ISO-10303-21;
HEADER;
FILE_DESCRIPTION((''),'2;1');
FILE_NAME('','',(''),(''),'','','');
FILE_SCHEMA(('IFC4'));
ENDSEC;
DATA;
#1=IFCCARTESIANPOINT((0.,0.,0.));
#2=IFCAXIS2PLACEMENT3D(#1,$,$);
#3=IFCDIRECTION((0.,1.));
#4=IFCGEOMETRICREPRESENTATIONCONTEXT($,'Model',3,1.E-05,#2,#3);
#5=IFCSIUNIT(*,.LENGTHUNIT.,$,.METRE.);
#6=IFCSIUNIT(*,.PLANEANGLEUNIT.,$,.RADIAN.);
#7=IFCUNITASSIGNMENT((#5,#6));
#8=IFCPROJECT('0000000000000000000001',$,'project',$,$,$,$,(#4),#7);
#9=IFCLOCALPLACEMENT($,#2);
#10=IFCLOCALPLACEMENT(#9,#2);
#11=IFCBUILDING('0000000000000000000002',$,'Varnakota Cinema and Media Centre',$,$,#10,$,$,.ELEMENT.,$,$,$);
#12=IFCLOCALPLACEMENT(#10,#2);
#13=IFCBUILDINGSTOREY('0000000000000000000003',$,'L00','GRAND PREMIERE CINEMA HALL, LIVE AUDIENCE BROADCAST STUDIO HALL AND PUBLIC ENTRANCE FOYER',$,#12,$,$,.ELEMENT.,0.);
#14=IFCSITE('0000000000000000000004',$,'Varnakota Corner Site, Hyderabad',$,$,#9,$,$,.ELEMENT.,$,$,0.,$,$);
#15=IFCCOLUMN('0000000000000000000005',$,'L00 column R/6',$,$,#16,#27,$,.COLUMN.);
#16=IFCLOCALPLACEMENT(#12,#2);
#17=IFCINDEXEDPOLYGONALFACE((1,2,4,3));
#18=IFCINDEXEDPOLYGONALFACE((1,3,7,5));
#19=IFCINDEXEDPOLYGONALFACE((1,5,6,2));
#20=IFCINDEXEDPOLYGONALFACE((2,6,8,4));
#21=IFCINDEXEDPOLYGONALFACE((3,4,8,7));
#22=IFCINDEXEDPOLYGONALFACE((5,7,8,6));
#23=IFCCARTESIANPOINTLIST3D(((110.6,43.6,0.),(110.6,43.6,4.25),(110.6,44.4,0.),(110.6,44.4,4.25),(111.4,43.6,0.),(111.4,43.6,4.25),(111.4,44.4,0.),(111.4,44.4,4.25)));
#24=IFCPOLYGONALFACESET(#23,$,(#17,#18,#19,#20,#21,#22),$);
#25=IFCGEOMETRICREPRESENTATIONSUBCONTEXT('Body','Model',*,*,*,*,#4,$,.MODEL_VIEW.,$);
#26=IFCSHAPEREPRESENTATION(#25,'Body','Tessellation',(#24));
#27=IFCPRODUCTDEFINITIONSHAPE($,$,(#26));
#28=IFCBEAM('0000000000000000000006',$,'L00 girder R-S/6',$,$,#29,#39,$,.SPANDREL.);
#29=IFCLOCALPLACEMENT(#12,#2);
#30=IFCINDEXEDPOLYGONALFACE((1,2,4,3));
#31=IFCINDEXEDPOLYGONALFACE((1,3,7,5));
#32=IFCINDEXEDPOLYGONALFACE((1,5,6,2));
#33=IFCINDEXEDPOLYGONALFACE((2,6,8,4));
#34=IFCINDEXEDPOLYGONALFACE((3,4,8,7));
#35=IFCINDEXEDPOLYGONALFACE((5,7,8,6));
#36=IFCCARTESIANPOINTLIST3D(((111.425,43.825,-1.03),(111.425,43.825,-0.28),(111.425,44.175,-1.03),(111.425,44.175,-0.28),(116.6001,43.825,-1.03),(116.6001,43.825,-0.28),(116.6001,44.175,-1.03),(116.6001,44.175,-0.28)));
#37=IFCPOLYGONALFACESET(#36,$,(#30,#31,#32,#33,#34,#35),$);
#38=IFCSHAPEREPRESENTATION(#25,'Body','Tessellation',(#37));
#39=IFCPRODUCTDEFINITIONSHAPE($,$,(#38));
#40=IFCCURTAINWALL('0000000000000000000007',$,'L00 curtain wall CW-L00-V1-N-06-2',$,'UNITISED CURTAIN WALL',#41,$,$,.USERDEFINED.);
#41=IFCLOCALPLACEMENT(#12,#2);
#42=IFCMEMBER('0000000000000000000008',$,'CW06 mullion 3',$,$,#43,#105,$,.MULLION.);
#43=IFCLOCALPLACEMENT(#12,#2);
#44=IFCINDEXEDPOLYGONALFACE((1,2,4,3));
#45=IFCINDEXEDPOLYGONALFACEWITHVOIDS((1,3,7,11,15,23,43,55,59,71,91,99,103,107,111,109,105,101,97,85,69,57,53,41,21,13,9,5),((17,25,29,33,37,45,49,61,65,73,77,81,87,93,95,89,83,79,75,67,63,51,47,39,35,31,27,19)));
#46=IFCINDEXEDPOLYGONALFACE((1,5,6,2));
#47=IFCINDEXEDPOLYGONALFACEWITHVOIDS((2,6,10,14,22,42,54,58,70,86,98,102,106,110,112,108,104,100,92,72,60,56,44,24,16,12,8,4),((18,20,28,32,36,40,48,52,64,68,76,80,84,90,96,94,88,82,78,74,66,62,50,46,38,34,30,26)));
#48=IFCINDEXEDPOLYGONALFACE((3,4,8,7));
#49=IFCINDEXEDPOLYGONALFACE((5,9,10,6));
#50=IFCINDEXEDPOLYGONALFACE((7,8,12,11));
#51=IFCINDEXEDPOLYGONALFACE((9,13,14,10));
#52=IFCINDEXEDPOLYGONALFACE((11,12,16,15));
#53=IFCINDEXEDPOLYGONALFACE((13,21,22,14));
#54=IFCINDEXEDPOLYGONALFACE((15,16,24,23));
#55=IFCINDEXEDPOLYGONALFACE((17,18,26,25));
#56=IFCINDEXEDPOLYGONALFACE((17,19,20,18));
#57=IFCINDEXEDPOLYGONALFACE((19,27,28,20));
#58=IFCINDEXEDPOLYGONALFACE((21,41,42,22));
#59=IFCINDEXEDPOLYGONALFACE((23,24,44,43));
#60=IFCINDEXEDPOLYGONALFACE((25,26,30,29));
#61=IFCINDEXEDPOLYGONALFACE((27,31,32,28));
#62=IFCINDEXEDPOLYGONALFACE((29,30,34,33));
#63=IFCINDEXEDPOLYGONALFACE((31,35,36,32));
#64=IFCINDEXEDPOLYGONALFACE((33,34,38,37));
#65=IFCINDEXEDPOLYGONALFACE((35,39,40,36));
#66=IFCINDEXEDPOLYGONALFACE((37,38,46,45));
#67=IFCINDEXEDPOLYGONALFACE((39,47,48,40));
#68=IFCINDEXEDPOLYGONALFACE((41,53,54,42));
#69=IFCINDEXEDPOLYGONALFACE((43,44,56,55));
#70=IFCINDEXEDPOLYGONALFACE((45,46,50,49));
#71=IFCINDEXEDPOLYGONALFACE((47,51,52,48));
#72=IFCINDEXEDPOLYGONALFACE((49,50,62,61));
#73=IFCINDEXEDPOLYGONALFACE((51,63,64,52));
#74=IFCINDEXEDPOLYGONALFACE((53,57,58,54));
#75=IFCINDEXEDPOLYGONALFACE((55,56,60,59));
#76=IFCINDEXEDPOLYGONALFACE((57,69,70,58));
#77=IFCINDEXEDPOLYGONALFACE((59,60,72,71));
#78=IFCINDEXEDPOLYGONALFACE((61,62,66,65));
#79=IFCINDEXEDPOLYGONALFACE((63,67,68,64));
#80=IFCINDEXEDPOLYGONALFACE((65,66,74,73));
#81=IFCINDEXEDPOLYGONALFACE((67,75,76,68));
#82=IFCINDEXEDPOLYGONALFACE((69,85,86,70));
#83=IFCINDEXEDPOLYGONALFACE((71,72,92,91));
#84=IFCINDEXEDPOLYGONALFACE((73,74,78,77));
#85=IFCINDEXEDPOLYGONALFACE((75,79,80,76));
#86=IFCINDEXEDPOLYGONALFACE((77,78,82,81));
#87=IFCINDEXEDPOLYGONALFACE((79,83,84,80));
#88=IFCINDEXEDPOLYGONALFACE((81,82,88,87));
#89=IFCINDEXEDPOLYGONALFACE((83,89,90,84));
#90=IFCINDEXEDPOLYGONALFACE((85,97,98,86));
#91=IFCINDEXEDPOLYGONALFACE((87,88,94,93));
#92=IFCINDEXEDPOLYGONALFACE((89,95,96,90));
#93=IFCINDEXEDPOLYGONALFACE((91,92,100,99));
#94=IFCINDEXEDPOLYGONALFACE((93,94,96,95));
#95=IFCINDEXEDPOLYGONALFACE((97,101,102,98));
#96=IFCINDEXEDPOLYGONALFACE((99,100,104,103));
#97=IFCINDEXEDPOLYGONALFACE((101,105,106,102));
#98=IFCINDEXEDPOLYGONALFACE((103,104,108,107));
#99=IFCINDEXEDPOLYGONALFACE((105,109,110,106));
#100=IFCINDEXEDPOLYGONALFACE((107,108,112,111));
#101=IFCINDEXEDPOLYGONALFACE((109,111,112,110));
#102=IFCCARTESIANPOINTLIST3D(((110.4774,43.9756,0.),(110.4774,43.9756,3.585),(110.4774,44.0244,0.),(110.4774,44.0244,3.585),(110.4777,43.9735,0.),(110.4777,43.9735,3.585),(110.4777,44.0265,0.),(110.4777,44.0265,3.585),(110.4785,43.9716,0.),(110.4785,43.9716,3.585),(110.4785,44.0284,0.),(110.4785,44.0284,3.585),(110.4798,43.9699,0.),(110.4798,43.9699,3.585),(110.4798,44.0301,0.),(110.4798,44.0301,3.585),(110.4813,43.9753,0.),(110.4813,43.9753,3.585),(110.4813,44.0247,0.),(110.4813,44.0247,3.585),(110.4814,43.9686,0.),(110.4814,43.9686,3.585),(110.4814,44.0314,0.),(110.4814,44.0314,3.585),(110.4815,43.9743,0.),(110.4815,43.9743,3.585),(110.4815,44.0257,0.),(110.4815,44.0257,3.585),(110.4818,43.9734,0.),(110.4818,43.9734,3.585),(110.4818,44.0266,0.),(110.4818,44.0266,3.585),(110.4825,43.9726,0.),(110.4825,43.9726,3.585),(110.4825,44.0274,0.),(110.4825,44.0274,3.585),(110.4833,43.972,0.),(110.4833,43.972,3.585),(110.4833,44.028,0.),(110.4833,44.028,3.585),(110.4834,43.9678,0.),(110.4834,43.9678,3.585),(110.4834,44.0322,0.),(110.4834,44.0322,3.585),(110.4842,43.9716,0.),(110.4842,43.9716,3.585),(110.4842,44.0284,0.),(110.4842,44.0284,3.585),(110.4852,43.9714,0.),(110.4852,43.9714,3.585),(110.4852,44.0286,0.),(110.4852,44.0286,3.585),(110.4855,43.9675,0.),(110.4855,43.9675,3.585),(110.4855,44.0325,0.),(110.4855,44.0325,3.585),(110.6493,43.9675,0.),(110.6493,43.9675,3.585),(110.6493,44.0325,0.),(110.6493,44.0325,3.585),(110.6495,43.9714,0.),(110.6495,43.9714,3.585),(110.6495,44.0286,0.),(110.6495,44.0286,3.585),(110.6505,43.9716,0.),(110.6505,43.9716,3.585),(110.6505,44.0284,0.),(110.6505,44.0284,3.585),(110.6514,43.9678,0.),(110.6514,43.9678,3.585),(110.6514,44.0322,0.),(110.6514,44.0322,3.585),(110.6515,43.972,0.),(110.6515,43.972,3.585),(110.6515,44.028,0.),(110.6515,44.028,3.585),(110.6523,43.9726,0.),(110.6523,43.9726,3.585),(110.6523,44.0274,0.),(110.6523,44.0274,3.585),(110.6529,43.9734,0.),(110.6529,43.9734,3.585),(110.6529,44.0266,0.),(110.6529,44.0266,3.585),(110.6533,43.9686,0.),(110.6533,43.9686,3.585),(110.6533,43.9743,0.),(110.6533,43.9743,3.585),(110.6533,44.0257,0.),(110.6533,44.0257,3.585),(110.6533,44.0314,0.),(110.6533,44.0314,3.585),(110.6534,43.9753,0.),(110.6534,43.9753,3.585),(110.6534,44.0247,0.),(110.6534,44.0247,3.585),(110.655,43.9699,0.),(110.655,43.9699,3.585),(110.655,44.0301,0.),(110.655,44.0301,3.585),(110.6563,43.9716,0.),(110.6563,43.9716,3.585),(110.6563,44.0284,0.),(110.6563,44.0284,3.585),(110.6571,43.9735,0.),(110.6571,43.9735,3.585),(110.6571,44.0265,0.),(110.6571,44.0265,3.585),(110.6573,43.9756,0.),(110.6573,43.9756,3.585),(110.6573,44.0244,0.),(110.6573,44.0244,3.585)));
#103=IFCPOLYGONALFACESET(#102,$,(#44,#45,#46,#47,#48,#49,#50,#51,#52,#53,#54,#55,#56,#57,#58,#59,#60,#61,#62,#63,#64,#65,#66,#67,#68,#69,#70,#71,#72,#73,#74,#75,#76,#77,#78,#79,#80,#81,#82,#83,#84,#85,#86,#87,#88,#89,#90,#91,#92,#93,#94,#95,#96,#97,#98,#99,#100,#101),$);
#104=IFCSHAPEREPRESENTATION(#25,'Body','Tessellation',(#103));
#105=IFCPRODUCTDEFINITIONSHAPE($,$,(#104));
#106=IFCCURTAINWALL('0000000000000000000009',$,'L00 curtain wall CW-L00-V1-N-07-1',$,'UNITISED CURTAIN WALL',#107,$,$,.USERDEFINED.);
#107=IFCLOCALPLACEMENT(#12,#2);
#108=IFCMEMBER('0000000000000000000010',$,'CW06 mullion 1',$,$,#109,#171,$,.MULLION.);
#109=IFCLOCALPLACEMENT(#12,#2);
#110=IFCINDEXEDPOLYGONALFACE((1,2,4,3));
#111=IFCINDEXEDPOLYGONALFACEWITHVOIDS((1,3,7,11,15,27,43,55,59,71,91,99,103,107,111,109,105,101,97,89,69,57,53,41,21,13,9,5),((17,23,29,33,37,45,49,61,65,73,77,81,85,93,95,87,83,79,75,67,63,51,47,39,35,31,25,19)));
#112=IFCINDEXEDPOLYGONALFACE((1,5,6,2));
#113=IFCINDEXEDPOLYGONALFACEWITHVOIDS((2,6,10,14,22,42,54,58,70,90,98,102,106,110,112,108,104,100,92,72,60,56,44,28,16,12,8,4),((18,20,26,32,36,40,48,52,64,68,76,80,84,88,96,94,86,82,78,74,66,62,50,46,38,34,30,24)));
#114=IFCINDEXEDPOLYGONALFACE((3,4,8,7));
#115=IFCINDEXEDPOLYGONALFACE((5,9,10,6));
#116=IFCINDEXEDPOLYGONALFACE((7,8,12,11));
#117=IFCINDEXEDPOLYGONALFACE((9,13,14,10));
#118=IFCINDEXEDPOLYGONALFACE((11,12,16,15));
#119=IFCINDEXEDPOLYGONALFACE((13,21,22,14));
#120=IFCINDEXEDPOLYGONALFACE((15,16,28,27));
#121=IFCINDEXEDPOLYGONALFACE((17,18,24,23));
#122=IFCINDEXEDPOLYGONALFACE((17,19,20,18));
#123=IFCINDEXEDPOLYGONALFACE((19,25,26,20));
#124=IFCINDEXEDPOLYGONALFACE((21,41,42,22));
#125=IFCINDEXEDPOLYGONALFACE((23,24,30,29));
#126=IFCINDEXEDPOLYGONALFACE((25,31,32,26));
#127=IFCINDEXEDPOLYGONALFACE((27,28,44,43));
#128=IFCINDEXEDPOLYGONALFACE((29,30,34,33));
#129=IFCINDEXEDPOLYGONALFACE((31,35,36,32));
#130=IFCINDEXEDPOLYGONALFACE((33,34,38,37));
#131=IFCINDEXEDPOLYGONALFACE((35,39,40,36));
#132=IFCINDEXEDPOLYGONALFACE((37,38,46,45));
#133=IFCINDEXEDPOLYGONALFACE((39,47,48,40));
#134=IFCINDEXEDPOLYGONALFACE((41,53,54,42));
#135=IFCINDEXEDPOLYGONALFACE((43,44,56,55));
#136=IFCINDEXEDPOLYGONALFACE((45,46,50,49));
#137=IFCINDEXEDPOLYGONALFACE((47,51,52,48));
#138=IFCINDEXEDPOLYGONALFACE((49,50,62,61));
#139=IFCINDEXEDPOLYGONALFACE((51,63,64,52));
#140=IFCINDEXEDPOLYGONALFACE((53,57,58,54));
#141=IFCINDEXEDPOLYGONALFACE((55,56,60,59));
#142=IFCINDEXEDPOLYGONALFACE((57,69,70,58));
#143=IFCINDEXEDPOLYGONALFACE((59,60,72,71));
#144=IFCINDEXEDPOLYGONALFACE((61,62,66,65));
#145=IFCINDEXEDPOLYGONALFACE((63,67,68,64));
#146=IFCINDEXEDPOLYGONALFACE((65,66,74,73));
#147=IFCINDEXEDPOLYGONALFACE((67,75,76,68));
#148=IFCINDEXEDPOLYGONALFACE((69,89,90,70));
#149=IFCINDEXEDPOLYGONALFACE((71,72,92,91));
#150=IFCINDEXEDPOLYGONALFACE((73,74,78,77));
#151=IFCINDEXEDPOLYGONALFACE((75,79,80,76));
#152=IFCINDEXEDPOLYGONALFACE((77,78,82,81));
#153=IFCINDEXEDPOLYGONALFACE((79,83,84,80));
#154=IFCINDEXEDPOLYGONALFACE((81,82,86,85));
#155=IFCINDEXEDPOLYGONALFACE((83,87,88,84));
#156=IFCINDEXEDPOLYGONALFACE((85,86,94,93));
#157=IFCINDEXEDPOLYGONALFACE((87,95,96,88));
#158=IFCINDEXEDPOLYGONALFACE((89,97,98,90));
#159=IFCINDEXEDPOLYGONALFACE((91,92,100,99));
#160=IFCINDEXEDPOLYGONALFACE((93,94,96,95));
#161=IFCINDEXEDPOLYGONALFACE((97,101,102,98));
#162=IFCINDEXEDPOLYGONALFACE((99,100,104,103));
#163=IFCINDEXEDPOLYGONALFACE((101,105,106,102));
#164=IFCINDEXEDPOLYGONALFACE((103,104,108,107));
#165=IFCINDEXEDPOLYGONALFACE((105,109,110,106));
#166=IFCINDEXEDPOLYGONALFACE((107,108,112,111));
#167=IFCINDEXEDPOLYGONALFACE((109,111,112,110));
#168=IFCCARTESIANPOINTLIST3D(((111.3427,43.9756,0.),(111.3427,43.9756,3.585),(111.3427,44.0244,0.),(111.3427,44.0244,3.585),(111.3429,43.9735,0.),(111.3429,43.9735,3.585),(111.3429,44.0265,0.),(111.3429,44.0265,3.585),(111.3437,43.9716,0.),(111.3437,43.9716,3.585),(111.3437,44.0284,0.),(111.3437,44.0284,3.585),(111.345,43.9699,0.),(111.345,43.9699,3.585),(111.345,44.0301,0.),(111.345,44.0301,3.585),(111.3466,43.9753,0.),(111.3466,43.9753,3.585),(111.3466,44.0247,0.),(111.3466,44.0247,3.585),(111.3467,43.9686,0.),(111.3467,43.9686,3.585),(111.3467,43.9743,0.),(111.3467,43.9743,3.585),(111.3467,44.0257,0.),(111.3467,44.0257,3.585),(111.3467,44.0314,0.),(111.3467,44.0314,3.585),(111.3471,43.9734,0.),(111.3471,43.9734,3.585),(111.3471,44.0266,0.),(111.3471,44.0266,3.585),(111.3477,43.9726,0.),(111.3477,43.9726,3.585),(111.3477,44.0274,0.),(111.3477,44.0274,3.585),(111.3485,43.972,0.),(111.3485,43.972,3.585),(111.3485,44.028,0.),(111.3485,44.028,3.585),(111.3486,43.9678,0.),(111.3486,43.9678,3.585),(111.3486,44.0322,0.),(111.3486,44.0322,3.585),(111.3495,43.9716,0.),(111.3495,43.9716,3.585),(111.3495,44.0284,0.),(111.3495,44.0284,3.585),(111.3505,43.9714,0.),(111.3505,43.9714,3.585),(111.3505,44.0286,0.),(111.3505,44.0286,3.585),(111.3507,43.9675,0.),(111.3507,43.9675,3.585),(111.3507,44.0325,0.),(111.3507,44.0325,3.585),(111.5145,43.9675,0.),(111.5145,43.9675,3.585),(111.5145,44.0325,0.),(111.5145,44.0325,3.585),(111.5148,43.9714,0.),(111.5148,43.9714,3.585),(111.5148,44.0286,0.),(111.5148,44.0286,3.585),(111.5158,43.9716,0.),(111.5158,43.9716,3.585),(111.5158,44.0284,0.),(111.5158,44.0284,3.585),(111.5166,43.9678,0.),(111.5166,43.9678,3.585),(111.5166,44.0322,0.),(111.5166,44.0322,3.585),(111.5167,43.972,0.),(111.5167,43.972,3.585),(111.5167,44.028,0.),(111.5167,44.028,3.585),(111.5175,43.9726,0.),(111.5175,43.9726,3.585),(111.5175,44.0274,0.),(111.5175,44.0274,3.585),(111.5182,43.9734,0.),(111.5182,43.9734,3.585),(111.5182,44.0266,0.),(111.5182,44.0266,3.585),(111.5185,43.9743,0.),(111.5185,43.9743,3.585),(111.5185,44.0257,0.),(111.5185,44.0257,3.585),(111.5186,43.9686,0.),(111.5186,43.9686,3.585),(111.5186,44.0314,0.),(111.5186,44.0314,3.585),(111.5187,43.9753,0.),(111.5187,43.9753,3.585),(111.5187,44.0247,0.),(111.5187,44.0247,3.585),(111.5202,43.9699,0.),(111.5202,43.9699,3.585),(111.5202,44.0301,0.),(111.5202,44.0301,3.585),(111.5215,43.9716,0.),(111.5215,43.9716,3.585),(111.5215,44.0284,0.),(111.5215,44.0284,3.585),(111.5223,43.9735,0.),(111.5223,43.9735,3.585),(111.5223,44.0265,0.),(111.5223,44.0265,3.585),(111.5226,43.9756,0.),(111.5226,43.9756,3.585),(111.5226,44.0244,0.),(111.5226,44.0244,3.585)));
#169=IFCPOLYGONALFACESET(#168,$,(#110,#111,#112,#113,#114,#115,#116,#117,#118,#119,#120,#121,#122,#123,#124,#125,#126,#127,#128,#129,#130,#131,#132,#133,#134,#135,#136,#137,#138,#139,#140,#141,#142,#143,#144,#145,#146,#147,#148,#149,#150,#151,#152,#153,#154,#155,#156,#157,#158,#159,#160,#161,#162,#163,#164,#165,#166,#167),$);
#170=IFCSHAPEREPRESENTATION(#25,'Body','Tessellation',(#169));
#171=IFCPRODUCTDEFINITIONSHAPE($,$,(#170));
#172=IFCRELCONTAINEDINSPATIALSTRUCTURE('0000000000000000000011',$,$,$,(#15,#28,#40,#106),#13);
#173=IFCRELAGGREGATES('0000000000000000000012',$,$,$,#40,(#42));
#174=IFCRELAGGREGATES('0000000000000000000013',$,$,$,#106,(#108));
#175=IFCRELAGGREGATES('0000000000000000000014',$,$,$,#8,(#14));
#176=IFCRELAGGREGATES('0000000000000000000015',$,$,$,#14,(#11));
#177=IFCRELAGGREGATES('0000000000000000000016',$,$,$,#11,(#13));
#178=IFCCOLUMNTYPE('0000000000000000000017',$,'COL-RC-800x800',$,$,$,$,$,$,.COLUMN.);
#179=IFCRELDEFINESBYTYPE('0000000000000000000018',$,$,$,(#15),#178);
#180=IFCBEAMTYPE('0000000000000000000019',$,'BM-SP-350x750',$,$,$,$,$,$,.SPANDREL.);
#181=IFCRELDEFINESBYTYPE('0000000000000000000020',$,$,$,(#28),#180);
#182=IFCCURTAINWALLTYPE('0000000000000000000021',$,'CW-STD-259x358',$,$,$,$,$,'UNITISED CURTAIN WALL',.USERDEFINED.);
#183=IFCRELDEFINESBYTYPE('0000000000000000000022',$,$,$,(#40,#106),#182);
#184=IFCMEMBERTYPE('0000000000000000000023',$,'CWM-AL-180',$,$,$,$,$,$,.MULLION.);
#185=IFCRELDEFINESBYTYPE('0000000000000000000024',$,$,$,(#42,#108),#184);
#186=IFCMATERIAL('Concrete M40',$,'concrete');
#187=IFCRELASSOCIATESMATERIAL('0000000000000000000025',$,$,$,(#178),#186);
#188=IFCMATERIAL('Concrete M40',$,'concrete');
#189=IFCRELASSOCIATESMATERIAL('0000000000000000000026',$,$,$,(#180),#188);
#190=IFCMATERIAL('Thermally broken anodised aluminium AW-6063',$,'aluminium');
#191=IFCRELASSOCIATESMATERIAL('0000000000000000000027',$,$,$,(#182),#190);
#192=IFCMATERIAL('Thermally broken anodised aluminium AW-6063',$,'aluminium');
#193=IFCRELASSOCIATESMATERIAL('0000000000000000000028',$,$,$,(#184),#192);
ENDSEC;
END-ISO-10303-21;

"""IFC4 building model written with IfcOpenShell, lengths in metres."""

from ifc_helpers import new_model, si_unit, direction, frame, origin, origin_2d, place, context, subcontext, project, spatial, rectangle, hollow_rectangle, extrude, material, material_profile, profile_set, type_object, element, aggregate, save


model = new_model("IFC4")

# Units and contexts
model_context = context("Model", 3, precision=1e-05, world=origin(), true_north=direction((0.0, 1.0)))
body_context = subcontext(model_context, "Body", "Model", "MODEL_VIEW")
ifc_project = project(units=[si_unit("LENGTHUNIT", "METRE"), si_unit("PLANEANGLEUNIT", "RADIAN")], contexts=[model_context])

# Site, building, storey
site_placement = place(None, origin())
site = spatial("IfcSite", under=ifc_project, at=site_placement, Name="Varnakota Corner Site, Hyderabad", CompositionType="ELEMENT", RefElevation=0.0)
building_placement = place(site_placement, origin())
building = spatial("IfcBuilding", under=site, at=building_placement, Name="Varnakota Cinema and Media Centre", CompositionType="ELEMENT")
storey_placement = place(building_placement, origin())
storey = spatial("IfcBuildingStorey", under=building, at=storey_placement, Name="L00", Description="GRAND PREMIERE CINEMA HALL, LIVE AUDIENCE BROADCAST STUDIO HALL AND PUBLIC ENTRANCE FOYER", CompositionType="ELEMENT", Elevation=0.0)

# Column
ifc_material_1 = material(Name="Concrete M40", Category="concrete")
ifc_material_profile_1 = material_profile(ifc_material_1, rectangle(XDim=0.8, YDim=0.8, at=origin_2d()), Name="RC 800x800")
ifc_profile_set_1 = profile_set([ifc_material_profile_1], Name="Concrete M40")
column_type = type_object("IfcColumnType", Name="COL-RC-800x800", PredefinedType="COLUMN", material=ifc_profile_set_1)
column_placement = place(storey_placement, frame((111.0, 44.0, 0.0), z_axis=(0.0, 0.0, 1.0), x_axis=(1.0, 0.0, 0.0)))
element("IfcColumn", 1, at=column_placement, inside=storey, type_object=column_type, Name="L00 column R/6", PredefinedType="COLUMN", context=body_context, shape_type="SweptSolid", body=[
    extrude(rectangle(XDim=0.8, YDim=0.8, at=origin_2d()), origin(), (0.0, 0.0, 1.0), 4.25),
])

# Beam
ifc_material_2 = material(Name="Concrete M40", Category="concrete")
ifc_material_profile_2 = material_profile(ifc_material_2, rectangle(XDim=0.3501, YDim=0.75, at=origin_2d()), Name="RCB 350x750")
ifc_profile_set_2 = profile_set([ifc_material_profile_2], Name="Concrete M40")
beam_type = type_object("IfcBeamType", Name="BM-SP-350x750", PredefinedType="SPANDREL", material=ifc_profile_set_2)
beam_placement = place(storey_placement, frame((111.425, 44.0, -0.655), z_axis=(1.0, 0.0, 0.0), x_axis=(0.0, 1.0, 0.0)))
element("IfcBeam", 2, at=beam_placement, inside=storey, type_object=beam_type, Name="L00 girder R-S/6", PredefinedType="SPANDREL", context=body_context, shape_type="SweptSolid", body=[
    extrude(rectangle(XDim=0.3501, YDim=0.75, at=origin_2d()), origin(), (0.0, 0.0, 1.0), 5.175),
])

# Curtain wall, member
ifc_material_3 = material(Name="Thermally broken anodised aluminium AW-6063", Category="aluminium")
curtain_wall_type = type_object("IfcCurtainWallType", Name="CW-STD-259x358", ElementType="UNITISED CURTAIN WALL", PredefinedType="USERDEFINED", material=ifc_material_3)
curtain_wall_1_placement = place(storey_placement, origin())
curtain_wall_1 = element("IfcCurtainWall", 3, at=curtain_wall_1_placement, inside=storey, type_object=curtain_wall_type, Name="L00 curtain wall CW-L00-V1-N-06-2", ObjectType="UNITISED CURTAIN WALL", PredefinedType="USERDEFINED")
ifc_material_4 = material(Name="Thermally broken anodised aluminium AW-6063", Category="aluminium")
ifc_material_profile_3 = material_profile(ifc_material_4, hollow_rectangle(XDim=0.0649, YDim=0.1799, WallThickness=0.0039, InnerFilletRadius=0.0039, OuterFilletRadius=0.0081, at=origin_2d()), Name="AL-MULLION 180x65x4")
ifc_profile_set_3 = profile_set([ifc_material_profile_3], Name="Thermally broken anodised aluminium AW-6063")
member_type_1 = type_object("IfcMemberType", Name="CWM-AL-180", PredefinedType="MULLION", material=ifc_profile_set_3)
member_1_placement = place(storey_placement, frame((110.5674, 44.0, 0.0), z_axis=(0.0, 0.0, 1.0), x_axis=(0.0, 1.0, 0.0)))
member_1 = element("IfcMember", 4, at=member_1_placement, type_object=member_type_1, Name="CW06 mullion 3", PredefinedType="MULLION", context=body_context, shape_type="SweptSolid", body=[
    extrude(hollow_rectangle(XDim=0.0649, YDim=0.1799, WallThickness=0.0039, InnerFilletRadius=0.0039, OuterFilletRadius=0.0081, at=origin_2d()), origin(), (0.0, 0.0, 1.0), 3.585),
])

# Curtain wall, member
curtain_wall_2_placement = place(storey_placement, origin())
curtain_wall_2 = element("IfcCurtainWall", 5, at=curtain_wall_2_placement, inside=storey, type_object=curtain_wall_type, Name="L00 curtain wall CW-L00-V1-N-07-1", ObjectType="UNITISED CURTAIN WALL", PredefinedType="USERDEFINED")
member_2_placement = place(storey_placement, frame((111.4326, 44.0, 0.0), z_axis=(0.0, 0.0, 1.0), x_axis=(0.0, 1.0, 0.0)))
member_2 = element("IfcMember", 6, at=member_2_placement, type_object=member_type_1, Name="CW06 mullion 1", PredefinedType="MULLION", context=body_context, shape_type="SweptSolid", body=[
    extrude(hollow_rectangle(XDim=0.0649, YDim=0.1799, WallThickness=0.0039, InnerFilletRadius=0.0039, OuterFilletRadius=0.0081, at=origin_2d()), origin(), (0.0, 0.0, 1.0), 3.585),
])

aggregate(curtain_wall_1, [member_1])
aggregate(curtain_wall_2, [member_2])

save(model, "model.ifc")
